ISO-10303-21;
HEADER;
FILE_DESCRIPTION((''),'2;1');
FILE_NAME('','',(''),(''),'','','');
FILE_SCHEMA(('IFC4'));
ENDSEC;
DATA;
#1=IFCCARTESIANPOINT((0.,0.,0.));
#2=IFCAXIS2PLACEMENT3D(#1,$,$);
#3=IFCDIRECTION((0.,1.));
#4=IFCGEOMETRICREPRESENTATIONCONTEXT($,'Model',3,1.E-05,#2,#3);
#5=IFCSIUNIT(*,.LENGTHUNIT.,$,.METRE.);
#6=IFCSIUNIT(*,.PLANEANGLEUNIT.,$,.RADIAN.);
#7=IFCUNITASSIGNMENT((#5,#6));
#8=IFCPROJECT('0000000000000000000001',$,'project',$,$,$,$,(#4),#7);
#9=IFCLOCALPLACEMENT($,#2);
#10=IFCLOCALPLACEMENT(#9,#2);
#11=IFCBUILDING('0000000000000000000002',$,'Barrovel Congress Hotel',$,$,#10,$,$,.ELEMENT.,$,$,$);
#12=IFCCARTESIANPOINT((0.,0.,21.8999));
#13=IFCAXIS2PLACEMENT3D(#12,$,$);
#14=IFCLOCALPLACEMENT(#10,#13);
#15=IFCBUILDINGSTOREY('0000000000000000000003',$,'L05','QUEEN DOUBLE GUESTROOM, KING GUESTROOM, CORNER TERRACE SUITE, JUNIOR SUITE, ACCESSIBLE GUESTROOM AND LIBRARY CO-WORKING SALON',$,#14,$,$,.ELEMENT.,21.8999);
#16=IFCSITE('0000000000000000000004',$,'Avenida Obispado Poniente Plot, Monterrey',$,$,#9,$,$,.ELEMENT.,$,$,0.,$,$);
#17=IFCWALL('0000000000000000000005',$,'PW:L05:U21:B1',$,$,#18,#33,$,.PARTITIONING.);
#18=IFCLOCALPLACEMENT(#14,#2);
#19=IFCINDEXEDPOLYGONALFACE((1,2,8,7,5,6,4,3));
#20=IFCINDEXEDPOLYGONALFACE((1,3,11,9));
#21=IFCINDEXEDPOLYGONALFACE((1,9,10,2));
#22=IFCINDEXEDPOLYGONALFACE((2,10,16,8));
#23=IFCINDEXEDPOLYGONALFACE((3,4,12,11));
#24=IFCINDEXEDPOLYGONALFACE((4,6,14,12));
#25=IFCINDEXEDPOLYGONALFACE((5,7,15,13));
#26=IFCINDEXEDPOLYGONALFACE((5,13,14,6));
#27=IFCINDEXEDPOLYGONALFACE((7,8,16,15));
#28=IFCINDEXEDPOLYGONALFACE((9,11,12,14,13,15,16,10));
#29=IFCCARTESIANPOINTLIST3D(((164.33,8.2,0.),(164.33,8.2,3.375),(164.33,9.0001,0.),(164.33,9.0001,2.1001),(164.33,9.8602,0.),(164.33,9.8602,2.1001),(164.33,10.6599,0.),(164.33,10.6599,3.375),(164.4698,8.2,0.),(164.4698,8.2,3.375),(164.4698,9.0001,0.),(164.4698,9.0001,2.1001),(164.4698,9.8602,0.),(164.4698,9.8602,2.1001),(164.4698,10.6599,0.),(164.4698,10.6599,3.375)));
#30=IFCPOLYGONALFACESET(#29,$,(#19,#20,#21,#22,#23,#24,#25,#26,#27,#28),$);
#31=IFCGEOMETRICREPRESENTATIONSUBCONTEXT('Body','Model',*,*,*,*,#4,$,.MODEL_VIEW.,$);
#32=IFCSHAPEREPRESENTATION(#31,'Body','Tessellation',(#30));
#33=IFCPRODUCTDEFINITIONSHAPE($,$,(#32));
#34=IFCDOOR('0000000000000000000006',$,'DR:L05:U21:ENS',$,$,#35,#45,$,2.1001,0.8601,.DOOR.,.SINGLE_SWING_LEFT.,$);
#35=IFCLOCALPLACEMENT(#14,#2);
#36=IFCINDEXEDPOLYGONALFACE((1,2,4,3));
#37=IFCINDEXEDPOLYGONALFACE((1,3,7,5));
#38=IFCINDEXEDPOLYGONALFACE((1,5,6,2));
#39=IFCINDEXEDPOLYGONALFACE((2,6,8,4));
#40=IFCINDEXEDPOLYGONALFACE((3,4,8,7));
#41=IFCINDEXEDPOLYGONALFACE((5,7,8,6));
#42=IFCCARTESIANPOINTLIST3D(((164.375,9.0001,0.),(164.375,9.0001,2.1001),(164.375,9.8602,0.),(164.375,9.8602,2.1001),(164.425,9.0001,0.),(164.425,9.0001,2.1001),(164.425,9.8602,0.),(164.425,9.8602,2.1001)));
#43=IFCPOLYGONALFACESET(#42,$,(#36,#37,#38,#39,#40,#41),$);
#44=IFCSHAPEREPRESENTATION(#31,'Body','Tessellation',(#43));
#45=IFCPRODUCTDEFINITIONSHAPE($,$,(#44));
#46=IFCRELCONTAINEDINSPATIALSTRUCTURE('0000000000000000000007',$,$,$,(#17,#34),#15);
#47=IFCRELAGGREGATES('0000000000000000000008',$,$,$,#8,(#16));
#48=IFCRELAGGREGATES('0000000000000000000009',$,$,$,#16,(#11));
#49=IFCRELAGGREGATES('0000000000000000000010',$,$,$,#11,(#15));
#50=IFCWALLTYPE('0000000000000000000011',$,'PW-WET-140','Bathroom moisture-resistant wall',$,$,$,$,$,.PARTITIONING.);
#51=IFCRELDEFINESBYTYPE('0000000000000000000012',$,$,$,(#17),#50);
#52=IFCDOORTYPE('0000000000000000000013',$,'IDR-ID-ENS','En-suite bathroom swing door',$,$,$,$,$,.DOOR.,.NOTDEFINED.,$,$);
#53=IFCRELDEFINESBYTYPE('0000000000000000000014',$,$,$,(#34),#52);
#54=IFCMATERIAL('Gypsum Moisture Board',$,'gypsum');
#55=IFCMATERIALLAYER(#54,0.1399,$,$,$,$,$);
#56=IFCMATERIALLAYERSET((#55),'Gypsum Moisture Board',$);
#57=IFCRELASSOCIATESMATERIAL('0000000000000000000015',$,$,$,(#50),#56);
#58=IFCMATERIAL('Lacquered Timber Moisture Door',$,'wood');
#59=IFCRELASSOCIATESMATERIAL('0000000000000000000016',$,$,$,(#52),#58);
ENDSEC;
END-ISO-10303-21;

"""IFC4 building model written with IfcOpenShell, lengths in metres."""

from ifc_helpers import new_model, si_unit, direction, frame, frame_2d, origin, place, context, subcontext, project, spatial, rectangle, extrude, material, layer, layer_set, type_object, element, fill, save


model = new_model("IFC4")

# Units and contexts
model_context = context("Model", 3, precision=1e-05, world=origin(), true_north=direction((0.0, 1.0)))
body_context = subcontext(model_context, "Body", "Model", "MODEL_VIEW")
ifc_project = project(units=[si_unit("LENGTHUNIT", "METRE"), si_unit("PLANEANGLEUNIT", "RADIAN")], contexts=[model_context])

# Site, building, storey
site_placement = place(None, origin())
site = spatial("IfcSite", under=ifc_project, at=site_placement, Name="Avenida Obispado Poniente Plot, Monterrey", CompositionType="ELEMENT", RefElevation=0.0)
building_placement = place(site_placement, origin())
building = spatial("IfcBuilding", under=site, at=building_placement, Name="Barrovel Congress Hotel", CompositionType="ELEMENT")
storey_placement = place(building_placement, frame((0.0, 0.0, 21.8999)))
storey = spatial("IfcBuildingStorey", under=building, at=storey_placement, Name="L05", Description="QUEEN DOUBLE GUESTROOM, KING GUESTROOM, CORNER TERRACE SUITE, JUNIOR SUITE, ACCESSIBLE GUESTROOM AND LIBRARY CO-WORKING SALON", CompositionType="ELEMENT", Elevation=21.8999)

# Wall, opening, door
ifc_material_1 = material(Name="Gypsum Moisture Board", Category="gypsum")
ifc_layer_1 = layer(ifc_material_1, 0.1399)
ifc_layer_set_1 = layer_set([ifc_layer_1], Name="Gypsum Moisture Board")
wall_type_1 = type_object("IfcWallType", Name="PW-WET-140", Description="Bathroom moisture-resistant wall", PredefinedType="PARTITIONING", material=ifc_layer_set_1)
ifc_material_2 = material(Name="Lacquered Timber Moisture Door", Category="wood")
door_type_1 = type_object("IfcDoorType", Name="IDR-ID-ENS", Description="En-suite bathroom swing door", OperationType="NOTDEFINED", PredefinedType="DOOR", material=ifc_material_2)
wall_1_placement = place(storey_placement, frame((164.3999, 8.2, 0.0), z_axis=(0.0, 0.0, 1.0), x_axis=(0.0, 1.0, 0.0)))
wall_1 = element("IfcWall", 1, at=wall_1_placement, inside=storey, type_object=wall_type_1, Name="PW:L05:U21:B1", PredefinedType="PARTITIONING", context=body_context, shape_type="SweptSolid", body=[
    extrude(rectangle(XDim=2.46, YDim=0.1399, at=frame_2d((1.23, 0.0))), origin(), (0.0, 0.0, 1.0), 3.375),
])
opening_1_placement = place(wall_1_placement, frame((0.8, 0.0, 0.0)))
opening_1 = element("IfcOpeningElement", 2, at=opening_1_placement, cuts=wall_1, PredefinedType="OPENING", context=body_context, shape_type="SweptSolid", body=[
    extrude(rectangle(XDim=0.8601, YDim=2.1001, at=frame_2d((0.4302, 1.05))), frame((0.0, 0.0801, 0.0), z_axis=(0.0, -1.0, 0.0), x_axis=(1.0, 0.0, 0.0)), (0.0, 0.0, 1.0), 0.1599),
])
door_1_placement = place(opening_1_placement, origin())
door_1 = element("IfcDoor", 3, at=door_1_placement, inside=storey, type_object=door_type_1, Name="DR:L05:U21:ENS", OperationType="SINGLE_SWING_LEFT", OverallHeight=2.1001, OverallWidth=0.8601, PredefinedType="DOOR", context=body_context, shape_type="SweptSolid", body=[
    extrude(rectangle(XDim=0.8601, YDim=2.1001, at=frame_2d((0.4302, 1.05))), frame((0.0, 0.0249, 0.0), z_axis=(0.0, -1.0, 0.0), x_axis=(1.0, 0.0, 0.0)), (0.0, 0.0, 1.0), 0.05),
])
fill(opening_1, door_1)

save(model, "model.ifc")
